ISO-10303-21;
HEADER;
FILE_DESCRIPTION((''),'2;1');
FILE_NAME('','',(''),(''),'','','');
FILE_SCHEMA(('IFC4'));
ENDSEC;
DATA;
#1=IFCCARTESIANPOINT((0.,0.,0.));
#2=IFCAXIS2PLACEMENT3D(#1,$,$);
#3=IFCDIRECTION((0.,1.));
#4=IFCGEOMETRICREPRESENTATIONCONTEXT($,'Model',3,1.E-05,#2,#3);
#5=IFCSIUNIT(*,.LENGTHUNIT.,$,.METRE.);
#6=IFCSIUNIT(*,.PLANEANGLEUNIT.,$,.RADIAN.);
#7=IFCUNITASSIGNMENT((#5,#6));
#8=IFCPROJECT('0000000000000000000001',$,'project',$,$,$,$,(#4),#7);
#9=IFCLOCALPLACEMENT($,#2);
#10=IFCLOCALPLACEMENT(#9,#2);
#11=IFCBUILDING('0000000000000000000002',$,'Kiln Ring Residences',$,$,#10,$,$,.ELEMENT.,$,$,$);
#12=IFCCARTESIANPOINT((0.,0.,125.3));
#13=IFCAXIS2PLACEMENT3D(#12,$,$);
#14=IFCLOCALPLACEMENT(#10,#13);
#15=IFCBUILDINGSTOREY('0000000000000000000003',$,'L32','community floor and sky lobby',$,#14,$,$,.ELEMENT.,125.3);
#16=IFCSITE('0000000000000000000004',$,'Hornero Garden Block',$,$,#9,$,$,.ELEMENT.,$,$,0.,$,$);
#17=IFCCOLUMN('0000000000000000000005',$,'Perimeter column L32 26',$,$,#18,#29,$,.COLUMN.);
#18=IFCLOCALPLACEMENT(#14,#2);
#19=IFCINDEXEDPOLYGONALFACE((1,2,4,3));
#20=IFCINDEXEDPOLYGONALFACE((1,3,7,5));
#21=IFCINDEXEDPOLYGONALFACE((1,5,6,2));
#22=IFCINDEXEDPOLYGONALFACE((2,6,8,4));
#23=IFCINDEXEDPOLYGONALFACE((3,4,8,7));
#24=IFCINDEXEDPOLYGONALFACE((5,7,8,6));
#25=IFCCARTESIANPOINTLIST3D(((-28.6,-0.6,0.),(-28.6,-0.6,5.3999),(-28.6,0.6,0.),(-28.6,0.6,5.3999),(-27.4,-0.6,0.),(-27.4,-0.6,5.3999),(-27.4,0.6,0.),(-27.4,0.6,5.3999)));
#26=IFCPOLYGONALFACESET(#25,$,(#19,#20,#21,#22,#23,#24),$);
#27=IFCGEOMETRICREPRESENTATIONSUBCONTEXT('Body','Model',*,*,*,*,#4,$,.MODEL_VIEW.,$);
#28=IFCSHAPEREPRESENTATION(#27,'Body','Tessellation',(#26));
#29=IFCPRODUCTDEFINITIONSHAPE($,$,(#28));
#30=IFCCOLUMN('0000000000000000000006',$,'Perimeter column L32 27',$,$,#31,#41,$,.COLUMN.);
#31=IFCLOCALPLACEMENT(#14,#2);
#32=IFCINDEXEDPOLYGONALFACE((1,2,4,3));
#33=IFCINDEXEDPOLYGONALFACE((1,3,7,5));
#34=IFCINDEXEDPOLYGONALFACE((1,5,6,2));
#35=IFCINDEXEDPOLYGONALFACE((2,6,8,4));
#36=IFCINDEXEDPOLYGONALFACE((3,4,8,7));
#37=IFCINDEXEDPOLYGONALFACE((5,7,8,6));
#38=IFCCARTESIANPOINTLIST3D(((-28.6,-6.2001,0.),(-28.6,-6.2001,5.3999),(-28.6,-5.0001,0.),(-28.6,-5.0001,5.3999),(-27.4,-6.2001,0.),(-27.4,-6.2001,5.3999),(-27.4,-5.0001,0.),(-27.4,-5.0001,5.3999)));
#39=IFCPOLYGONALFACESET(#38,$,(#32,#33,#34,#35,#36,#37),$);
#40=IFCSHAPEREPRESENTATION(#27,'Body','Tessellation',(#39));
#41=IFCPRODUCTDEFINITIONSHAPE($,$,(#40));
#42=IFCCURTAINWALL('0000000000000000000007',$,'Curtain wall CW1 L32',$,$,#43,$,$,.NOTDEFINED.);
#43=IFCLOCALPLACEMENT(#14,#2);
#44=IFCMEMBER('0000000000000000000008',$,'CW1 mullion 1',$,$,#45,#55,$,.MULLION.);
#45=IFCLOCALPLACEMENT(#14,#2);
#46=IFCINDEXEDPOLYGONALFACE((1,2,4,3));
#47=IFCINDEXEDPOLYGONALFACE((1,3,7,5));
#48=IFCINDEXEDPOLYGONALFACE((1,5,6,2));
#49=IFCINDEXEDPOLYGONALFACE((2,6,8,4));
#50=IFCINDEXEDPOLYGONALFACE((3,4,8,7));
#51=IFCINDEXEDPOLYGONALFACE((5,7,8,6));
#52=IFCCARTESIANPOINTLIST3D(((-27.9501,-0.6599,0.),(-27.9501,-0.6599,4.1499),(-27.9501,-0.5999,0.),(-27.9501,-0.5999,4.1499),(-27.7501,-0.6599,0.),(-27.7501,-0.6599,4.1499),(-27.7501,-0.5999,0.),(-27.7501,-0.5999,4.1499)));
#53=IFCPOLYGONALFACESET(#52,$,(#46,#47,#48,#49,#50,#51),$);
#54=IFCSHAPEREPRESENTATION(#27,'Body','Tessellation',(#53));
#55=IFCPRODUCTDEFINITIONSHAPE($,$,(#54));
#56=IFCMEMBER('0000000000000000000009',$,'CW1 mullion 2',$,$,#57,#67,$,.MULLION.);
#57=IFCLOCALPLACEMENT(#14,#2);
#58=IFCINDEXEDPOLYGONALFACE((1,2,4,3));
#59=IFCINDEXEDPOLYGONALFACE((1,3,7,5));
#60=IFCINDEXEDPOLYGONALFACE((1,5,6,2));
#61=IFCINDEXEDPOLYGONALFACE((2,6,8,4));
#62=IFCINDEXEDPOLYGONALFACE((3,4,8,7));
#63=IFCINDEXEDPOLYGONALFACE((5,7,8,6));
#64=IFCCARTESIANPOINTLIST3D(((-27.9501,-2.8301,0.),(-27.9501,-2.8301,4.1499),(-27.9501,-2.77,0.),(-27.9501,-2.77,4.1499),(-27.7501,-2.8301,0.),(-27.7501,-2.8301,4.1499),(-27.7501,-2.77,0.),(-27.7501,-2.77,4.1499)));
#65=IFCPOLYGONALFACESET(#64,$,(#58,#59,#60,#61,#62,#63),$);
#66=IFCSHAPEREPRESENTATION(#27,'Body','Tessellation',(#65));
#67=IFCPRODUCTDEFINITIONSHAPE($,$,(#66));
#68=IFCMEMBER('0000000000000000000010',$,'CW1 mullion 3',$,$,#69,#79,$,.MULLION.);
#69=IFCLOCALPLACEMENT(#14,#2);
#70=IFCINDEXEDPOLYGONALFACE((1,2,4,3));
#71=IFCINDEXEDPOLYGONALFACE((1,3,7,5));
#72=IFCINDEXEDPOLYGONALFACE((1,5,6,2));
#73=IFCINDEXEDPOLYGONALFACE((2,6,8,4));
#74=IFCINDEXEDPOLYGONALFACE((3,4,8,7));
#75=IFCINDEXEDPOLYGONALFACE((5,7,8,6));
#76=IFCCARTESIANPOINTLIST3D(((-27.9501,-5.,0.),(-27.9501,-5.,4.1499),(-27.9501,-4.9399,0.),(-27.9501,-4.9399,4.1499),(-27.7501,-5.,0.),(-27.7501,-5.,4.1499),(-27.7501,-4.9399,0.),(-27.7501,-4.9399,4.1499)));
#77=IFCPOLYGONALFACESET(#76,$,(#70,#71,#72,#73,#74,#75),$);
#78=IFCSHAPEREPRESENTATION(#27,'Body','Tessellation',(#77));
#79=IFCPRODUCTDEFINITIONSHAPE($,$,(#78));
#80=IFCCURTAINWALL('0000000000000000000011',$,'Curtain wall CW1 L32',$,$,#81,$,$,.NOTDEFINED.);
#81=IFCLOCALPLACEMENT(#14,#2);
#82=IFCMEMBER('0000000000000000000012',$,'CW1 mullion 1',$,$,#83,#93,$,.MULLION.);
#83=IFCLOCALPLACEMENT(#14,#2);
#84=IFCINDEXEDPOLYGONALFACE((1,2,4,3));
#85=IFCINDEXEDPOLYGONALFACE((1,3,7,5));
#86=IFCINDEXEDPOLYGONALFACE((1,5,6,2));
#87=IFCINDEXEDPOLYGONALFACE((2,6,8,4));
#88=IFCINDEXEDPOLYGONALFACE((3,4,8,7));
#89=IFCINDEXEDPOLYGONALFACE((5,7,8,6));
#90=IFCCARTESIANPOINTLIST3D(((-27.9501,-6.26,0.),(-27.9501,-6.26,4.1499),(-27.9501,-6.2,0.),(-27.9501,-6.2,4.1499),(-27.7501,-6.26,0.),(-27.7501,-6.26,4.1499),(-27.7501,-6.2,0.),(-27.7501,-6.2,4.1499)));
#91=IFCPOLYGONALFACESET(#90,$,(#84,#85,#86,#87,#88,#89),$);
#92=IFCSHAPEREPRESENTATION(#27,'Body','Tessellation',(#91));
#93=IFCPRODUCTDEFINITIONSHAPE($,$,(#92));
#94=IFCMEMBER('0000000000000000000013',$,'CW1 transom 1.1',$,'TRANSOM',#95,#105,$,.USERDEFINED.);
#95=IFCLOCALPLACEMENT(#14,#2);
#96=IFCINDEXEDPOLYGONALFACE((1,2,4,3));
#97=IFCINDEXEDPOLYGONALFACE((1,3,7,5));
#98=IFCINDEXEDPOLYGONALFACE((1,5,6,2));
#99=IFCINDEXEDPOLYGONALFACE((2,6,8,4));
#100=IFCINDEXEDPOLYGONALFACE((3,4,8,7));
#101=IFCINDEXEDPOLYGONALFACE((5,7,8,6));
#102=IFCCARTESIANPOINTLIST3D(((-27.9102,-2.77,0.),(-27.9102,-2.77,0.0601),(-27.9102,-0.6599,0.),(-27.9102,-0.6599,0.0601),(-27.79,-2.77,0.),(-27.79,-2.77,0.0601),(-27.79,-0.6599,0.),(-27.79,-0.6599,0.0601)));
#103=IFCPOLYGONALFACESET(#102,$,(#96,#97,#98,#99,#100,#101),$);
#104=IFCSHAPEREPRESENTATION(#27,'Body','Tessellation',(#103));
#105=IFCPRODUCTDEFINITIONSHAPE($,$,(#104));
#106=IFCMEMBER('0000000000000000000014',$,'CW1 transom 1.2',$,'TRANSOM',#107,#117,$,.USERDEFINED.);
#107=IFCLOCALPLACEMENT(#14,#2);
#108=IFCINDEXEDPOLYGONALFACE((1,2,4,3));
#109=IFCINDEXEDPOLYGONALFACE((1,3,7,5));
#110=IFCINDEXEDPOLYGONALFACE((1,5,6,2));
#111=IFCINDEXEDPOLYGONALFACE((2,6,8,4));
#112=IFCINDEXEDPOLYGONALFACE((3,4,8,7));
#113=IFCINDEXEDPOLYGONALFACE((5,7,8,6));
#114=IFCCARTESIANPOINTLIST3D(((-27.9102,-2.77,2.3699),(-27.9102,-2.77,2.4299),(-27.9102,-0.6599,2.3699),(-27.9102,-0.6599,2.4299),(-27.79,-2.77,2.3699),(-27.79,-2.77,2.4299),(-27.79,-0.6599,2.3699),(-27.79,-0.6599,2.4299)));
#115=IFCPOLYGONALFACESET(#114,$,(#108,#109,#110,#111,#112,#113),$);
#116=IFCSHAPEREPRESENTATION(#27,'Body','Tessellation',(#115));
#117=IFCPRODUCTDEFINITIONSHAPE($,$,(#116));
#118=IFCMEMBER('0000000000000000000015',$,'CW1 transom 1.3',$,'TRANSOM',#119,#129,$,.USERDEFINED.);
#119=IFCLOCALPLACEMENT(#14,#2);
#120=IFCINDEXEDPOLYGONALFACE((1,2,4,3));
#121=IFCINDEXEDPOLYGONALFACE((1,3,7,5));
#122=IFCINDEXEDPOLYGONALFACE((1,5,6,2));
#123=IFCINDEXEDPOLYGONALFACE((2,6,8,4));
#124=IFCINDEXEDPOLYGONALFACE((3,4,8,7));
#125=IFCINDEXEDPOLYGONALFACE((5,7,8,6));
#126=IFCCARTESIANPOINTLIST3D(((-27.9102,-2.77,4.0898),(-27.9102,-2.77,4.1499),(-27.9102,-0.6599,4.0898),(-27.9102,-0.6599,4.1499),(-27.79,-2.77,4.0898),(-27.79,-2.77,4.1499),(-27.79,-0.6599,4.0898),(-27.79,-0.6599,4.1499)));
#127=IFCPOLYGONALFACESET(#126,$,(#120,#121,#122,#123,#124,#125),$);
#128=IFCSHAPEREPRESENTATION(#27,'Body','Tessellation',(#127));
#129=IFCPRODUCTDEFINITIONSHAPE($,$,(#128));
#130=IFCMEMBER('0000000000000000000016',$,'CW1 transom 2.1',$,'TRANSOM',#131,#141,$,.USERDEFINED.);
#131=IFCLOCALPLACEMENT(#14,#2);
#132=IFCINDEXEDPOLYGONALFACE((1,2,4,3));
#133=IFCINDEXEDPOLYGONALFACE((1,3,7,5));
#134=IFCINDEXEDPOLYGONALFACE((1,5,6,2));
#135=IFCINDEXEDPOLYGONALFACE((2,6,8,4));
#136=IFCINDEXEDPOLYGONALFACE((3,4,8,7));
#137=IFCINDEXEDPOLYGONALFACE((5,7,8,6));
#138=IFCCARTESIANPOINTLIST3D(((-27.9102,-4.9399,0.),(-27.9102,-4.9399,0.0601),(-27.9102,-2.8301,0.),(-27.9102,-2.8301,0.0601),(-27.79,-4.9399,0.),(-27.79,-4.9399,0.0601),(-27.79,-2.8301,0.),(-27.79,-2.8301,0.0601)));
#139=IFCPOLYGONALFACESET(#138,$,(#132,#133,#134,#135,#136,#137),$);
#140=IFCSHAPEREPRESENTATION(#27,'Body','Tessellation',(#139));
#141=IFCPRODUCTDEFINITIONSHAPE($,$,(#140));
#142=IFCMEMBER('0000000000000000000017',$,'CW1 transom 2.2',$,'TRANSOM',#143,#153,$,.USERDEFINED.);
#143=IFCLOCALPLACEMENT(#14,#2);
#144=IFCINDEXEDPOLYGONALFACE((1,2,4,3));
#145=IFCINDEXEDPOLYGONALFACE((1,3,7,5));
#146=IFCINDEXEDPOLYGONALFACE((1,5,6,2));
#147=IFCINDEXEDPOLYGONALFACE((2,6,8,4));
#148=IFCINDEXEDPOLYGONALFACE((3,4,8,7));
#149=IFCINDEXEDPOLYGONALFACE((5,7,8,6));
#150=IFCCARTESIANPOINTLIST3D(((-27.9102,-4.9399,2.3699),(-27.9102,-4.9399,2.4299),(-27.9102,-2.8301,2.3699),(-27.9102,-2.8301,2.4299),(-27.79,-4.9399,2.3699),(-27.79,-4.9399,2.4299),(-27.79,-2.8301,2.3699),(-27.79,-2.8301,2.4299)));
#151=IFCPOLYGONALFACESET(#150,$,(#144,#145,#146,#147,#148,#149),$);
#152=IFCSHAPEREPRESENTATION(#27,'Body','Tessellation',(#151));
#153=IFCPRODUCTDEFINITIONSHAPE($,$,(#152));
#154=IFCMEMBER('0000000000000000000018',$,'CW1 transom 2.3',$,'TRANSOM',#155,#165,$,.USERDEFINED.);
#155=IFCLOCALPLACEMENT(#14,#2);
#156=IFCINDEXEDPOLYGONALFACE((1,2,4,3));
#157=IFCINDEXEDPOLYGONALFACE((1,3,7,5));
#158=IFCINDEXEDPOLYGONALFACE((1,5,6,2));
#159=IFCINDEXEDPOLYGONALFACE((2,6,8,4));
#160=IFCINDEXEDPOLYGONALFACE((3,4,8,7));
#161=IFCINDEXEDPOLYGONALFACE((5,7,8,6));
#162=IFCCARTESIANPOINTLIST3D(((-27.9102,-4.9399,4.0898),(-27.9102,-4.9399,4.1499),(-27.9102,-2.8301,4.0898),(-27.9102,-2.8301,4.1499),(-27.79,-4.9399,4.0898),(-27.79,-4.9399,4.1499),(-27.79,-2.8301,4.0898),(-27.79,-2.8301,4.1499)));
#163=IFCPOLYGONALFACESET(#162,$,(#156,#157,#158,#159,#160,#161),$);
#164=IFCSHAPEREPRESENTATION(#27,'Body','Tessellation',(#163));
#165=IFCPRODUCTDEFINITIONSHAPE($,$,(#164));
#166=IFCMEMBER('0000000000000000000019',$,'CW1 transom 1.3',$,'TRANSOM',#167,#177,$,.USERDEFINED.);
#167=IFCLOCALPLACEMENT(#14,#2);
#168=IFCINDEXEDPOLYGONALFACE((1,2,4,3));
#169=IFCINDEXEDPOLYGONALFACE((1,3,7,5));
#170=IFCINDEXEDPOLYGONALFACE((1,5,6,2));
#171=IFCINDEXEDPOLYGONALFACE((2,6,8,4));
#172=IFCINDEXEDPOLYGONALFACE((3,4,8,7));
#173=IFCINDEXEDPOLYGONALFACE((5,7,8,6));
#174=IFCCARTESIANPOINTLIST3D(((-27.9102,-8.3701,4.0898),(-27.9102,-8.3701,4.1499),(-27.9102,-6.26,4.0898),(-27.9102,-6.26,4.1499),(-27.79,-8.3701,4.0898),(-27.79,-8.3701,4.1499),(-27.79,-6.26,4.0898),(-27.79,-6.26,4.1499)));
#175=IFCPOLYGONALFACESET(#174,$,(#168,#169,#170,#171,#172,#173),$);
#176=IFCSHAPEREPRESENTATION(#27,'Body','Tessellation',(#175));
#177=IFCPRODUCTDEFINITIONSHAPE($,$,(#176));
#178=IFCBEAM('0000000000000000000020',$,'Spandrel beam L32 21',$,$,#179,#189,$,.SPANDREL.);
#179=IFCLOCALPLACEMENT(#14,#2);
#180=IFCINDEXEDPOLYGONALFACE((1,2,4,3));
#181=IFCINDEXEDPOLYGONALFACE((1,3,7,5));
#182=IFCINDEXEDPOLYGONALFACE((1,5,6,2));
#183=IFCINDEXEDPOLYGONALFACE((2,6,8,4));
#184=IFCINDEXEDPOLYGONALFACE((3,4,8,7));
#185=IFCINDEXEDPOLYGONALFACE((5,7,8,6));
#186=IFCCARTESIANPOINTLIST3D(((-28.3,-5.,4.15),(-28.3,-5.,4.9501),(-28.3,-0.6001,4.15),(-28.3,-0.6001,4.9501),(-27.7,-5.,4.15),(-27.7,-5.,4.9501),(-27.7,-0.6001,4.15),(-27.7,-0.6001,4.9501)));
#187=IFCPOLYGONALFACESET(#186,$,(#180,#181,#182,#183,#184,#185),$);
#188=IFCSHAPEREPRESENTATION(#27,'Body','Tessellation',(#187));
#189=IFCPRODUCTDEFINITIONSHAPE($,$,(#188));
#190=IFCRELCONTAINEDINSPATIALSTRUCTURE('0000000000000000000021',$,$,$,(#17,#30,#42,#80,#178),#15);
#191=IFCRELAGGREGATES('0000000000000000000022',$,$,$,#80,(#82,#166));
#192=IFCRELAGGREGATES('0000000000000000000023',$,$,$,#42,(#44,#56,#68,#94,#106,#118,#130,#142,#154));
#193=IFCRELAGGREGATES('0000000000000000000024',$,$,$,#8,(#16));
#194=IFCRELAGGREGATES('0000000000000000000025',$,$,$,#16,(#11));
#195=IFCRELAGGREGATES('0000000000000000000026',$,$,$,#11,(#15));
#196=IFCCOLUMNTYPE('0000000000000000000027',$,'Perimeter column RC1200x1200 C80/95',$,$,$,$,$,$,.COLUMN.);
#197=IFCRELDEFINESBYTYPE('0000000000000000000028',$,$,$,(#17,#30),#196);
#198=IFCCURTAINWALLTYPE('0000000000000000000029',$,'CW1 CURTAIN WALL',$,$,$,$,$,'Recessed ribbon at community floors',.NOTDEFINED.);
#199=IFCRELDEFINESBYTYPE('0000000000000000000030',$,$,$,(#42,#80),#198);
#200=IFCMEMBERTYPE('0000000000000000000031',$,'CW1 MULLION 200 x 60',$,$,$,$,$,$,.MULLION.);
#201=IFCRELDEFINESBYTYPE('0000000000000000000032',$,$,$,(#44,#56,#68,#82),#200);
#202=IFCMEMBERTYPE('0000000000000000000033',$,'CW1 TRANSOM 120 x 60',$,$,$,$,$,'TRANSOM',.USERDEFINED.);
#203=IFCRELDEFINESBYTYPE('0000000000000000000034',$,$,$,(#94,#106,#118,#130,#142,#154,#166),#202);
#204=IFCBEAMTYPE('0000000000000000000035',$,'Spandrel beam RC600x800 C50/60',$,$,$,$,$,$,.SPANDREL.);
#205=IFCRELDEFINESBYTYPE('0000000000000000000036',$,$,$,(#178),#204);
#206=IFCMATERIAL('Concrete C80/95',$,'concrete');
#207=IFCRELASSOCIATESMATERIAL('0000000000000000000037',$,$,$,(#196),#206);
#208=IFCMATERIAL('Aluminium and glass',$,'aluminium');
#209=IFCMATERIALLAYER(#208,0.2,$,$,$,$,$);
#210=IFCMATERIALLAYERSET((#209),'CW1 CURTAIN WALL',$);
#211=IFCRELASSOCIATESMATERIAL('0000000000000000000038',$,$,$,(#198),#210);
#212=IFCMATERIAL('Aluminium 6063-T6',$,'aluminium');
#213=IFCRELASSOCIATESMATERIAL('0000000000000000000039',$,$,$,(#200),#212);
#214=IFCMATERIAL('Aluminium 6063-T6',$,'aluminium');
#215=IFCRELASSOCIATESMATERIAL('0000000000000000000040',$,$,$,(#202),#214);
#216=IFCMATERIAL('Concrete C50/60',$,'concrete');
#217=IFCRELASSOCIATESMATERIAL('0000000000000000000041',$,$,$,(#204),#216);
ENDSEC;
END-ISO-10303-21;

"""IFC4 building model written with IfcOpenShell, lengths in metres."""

from ifc_helpers import new_model, si_unit, direction, frame, origin, origin_2d, place, context, subcontext, project, spatial, rectangle, extrude, material, layer, layer_set, material_profile, profile_set, type_object, element, aggregate, save


model = new_model("IFC4")

# Units and contexts
model_context = context("Model", 3, precision=1e-05, world=origin(), true_north=direction((0.0, 1.0)))
body_context = subcontext(model_context, "Body", "Model", "MODEL_VIEW")
ifc_project = project(units=[si_unit("LENGTHUNIT", "METRE"), si_unit("PLANEANGLEUNIT", "RADIAN")], contexts=[model_context])

# Site, building, storey
site_placement = place(None, origin())
site = spatial("IfcSite", under=ifc_project, at=site_placement, Name="Hornero Garden Block", CompositionType="ELEMENT", RefElevation=0.0)
building_placement = place(site_placement, origin())
building = spatial("IfcBuilding", under=site, at=building_placement, Name="Kiln Ring Residences", CompositionType="ELEMENT")
storey_placement = place(building_placement, frame((0.0, 0.0, 125.3)))
storey = spatial("IfcBuildingStorey", under=building, at=storey_placement, Name="L32", Description="community floor and sky lobby", CompositionType="ELEMENT", Elevation=125.3)

# Columns
ifc_material_1 = material(Name="Concrete C80/95", Category="concrete")
ifc_material_profile_1 = material_profile(ifc_material_1, rectangle(XDim=1.2, YDim=1.2, at=origin_2d()), Name="RC1200x1200")
ifc_profile_set_1 = profile_set([ifc_material_profile_1], Name="Concrete C80/95")
column_type = type_object("IfcColumnType", Name="Perimeter column RC1200x1200 C80/95", PredefinedType="COLUMN", material=ifc_profile_set_1)
for number, where, z_axis, x_axis, name in (
    (1, (-28.0, 0.0, 0.0), (0.0, 0.0, 1.0), (1.0, 0.0, 0.0), "Perimeter column L32 26"),
    (2, (-28.0, -5.6001, 0.0), (0.0, 0.0, 1.0), (1.0, 0.0, 0.0), "Perimeter column L32 27"),
):
    element("IfcColumn", number, at=place(storey_placement, frame(where, z_axis=z_axis, x_axis=x_axis)), inside=storey, type_object=column_type, Name=name, PredefinedType="COLUMN", context=body_context, shape_type="SweptSolid", body=[
        extrude(rectangle(XDim=1.2, YDim=1.2, at=origin_2d()), origin(), (0.0, 0.0, 1.0), 5.3999),
    ])

# Curtain wall, members
ifc_material_2 = material(Name="Aluminium and glass", Category="aluminium")
ifc_layer_1 = layer(ifc_material_2, 0.2)
ifc_layer_set_1 = layer_set([ifc_layer_1], Name="CW1 CURTAIN WALL")
curtain_wall_type = type_object("IfcCurtainWallType", Name="CW1 CURTAIN WALL", ElementType="Recessed ribbon at community floors", PredefinedType="NOTDEFINED", material=ifc_layer_set_1)
placement = place(storey_placement, origin())
curtain_wall_1 = element("IfcCurtainWall", 3, at=placement, inside=storey, type_object=curtain_wall_type, Name="Curtain wall CW1 L32", PredefinedType="NOTDEFINED")
ifc_material_3 = material(Name="Aluminium 6063-T6", Category="aluminium")
ifc_material_profile_2 = material_profile(ifc_material_3, rectangle(XDim=0.2, YDim=0.0601, at=origin_2d()), Name="AL 200x60")
ifc_profile_set_2 = profile_set([ifc_material_profile_2], Name="Aluminium 6063-T6")
member_type_1 = type_object("IfcMemberType", Name="CW1 MULLION 200 x 60", PredefinedType="MULLION", material=ifc_profile_set_2)
member_1_placement = place(storey_placement, frame((-27.8501, -0.6299, 0.0), z_axis=(0.0, 0.0, 1.0), x_axis=(1.0, 0.0, 0.0)))
member_1 = element("IfcMember", 4, at=member_1_placement, type_object=member_type_1, Name="CW1 mullion 1", PredefinedType="MULLION", context=body_context, shape_type="SweptSolid", body=[
    extrude(rectangle(XDim=0.2, YDim=0.0601, at=origin_2d()), origin(), (0.0, 0.0, 1.0), 4.1499),
])
member_2_placement = place(storey_placement, frame((-27.8501, -2.8, 0.0), z_axis=(0.0, 0.0, 1.0), x_axis=(1.0, 0.0, 0.0)))
member_2 = element("IfcMember", 5, at=member_2_placement, type_object=member_type_1, Name="CW1 mullion 2", PredefinedType="MULLION", context=body_context, shape_type="SweptSolid", body=[
    extrude(rectangle(XDim=0.2, YDim=0.0601, at=origin_2d()), origin(), (0.0, 0.0, 1.0), 4.1499),
])
member_3_placement = place(storey_placement, frame((-27.8501, -4.97, 0.0), z_axis=(0.0, 0.0, 1.0), x_axis=(1.0, 0.0, 0.0)))
member_3 = element("IfcMember", 6, at=member_3_placement, type_object=member_type_1, Name="CW1 mullion 3", PredefinedType="MULLION", context=body_context, shape_type="SweptSolid", body=[
    extrude(rectangle(XDim=0.2, YDim=0.0601, at=origin_2d()), origin(), (0.0, 0.0, 1.0), 4.1499),
])

# Curtain wall, member
curtain_wall_2 = element("IfcCurtainWall", 7, at=placement, inside=storey, type_object=curtain_wall_type, Name="Curtain wall CW1 L32", PredefinedType="NOTDEFINED")
member_4_placement = place(storey_placement, frame((-27.8501, -6.23, 0.0), z_axis=(0.0, 0.0, 1.0), x_axis=(1.0, 0.0, 0.0)))
member_4 = element("IfcMember", 8, at=member_4_placement, type_object=member_type_1, Name="CW1 mullion 1", PredefinedType="MULLION", context=body_context, shape_type="SweptSolid", body=[
    extrude(rectangle(XDim=0.2, YDim=0.0601, at=origin_2d()), origin(), (0.0, 0.0, 1.0), 4.1499),
])

# Members
ifc_material_4 = material(Name="Aluminium 6063-T6", Category="aluminium")
ifc_material_profile_3 = material_profile(ifc_material_4, rectangle(XDim=0.1201, YDim=0.0601, at=origin_2d()), Name="AL 120x60")
ifc_profile_set_3 = profile_set([ifc_material_profile_3], Name="Aluminium 6063-T6")
member_type_2 = type_object("IfcMemberType", Name="CW1 TRANSOM 120 x 60", ElementType="TRANSOM", PredefinedType="USERDEFINED", material=ifc_profile_set_3)
member_5_placement = place(storey_placement, frame((-27.8501, -0.6599, 0.03), z_axis=(0.0, -1.0, 0.0), x_axis=(1.0, 0.0, 0.0)))
member_5 = element("IfcMember", 9, at=member_5_placement, type_object=member_type_2, Name="CW1 transom 1.1", ObjectType="TRANSOM", PredefinedType="USERDEFINED", context=body_context, shape_type="SweptSolid", body=[
    extrude(rectangle(XDim=0.1201, YDim=0.0601, at=origin_2d()), origin(), (0.0, 0.0, 1.0), 2.1101),
])
member_6_placement = place(storey_placement, frame((-27.8501, -0.6599, 2.3999), z_axis=(0.0, -1.0, 0.0), x_axis=(1.0, 0.0, 0.0)))
member_6 = element("IfcMember", 10, at=member_6_placement, type_object=member_type_2, Name="CW1 transom 1.2", ObjectType="TRANSOM", PredefinedType="USERDEFINED", context=body_context, shape_type="SweptSolid", body=[
    extrude(rectangle(XDim=0.1201, YDim=0.0601, at=origin_2d()), origin(), (0.0, 0.0, 1.0), 2.1101),
])
member_7_placement = place(storey_placement, frame((-27.8501, -0.6599, 4.1199), z_axis=(0.0, -1.0, 0.0), x_axis=(1.0, 0.0, 0.0)))
member_7 = element("IfcMember", 11, at=member_7_placement, type_object=member_type_2, Name="CW1 transom 1.3", ObjectType="TRANSOM", PredefinedType="USERDEFINED", context=body_context, shape_type="SweptSolid", body=[
    extrude(rectangle(XDim=0.1201, YDim=0.0601, at=origin_2d()), origin(), (0.0, 0.0, 1.0), 2.1101),
])
member_8_placement = place(storey_placement, frame((-27.8501, -2.8301, 0.03), z_axis=(0.0, -1.0, 0.0), x_axis=(1.0, 0.0, 0.0)))
member_8 = element("IfcMember", 12, at=member_8_placement, type_object=member_type_2, Name="CW1 transom 2.1", ObjectType="TRANSOM", PredefinedType="USERDEFINED", context=body_context, shape_type="SweptSolid", body=[
    extrude(rectangle(XDim=0.1201, YDim=0.0601, at=origin_2d()), origin(), (0.0, 0.0, 1.0), 2.1099),
])
member_9_placement = place(storey_placement, frame((-27.8501, -2.8301, 2.3999), z_axis=(0.0, -1.0, 0.0), x_axis=(1.0, 0.0, 0.0)))
member_9 = element("IfcMember", 13, at=member_9_placement, type_object=member_type_2, Name="CW1 transom 2.2", ObjectType="TRANSOM", PredefinedType="USERDEFINED", context=body_context, shape_type="SweptSolid", body=[
    extrude(rectangle(XDim=0.1201, YDim=0.0601, at=origin_2d()), origin(), (0.0, 0.0, 1.0), 2.1099),
])
member_10_placement = place(storey_placement, frame((-27.8501, -2.8301, 4.1199), z_axis=(0.0, -1.0, 0.0), x_axis=(1.0, 0.0, 0.0)))
member_10 = element("IfcMember", 14, at=member_10_placement, type_object=member_type_2, Name="CW1 transom 2.3", ObjectType="TRANSOM", PredefinedType="USERDEFINED", context=body_context, shape_type="SweptSolid", body=[
    extrude(rectangle(XDim=0.1201, YDim=0.0601, at=origin_2d()), origin(), (0.0, 0.0, 1.0), 2.1099),
])
member_11_placement = place(storey_placement, frame((-27.8501, -6.26, 4.1199), z_axis=(0.0, -1.0, 0.0), x_axis=(1.0, 0.0, 0.0)))
member_11 = element("IfcMember", 15, at=member_11_placement, type_object=member_type_2, Name="CW1 transom 1.3", ObjectType="TRANSOM", PredefinedType="USERDEFINED", context=body_context, shape_type="SweptSolid", body=[
    extrude(rectangle(XDim=0.1201, YDim=0.0601, at=origin_2d()), origin(), (0.0, 0.0, 1.0), 2.1101),
])
aggregate(curtain_wall_2, [member_4, member_11])

# Beam
ifc_material_5 = material(Name="Concrete C50/60", Category="concrete")
ifc_material_profile_4 = material_profile(ifc_material_5, rectangle(XDim=0.6001, YDim=0.8, at=origin_2d()), Name="RC600x800")
ifc_profile_set_4 = profile_set([ifc_material_profile_4], Name="Concrete C50/60")
beam_type = type_object("IfcBeamType", Name="Spandrel beam RC600x800 C50/60", PredefinedType="SPANDREL", material=ifc_profile_set_4)
beam_1_placement = place(storey_placement, frame((-28.0, -0.6001, 4.55), z_axis=(0.0, -1.0, 0.0), x_axis=(1.0, 0.0, 0.0)))
element("IfcBeam", 16, at=beam_1_placement, inside=storey, type_object=beam_type, Name="Spandrel beam L32 21", PredefinedType="SPANDREL", context=body_context, shape_type="SweptSolid", body=[
    extrude(rectangle(XDim=0.6001, YDim=0.8, at=origin_2d()), origin(), (0.0, 0.0, 1.0), 4.3999),
])

aggregate(curtain_wall_1, [member_1, member_2, member_3, member_5, member_6, member_7, member_8, member_9, member_10])

save(model, "model.ifc")
